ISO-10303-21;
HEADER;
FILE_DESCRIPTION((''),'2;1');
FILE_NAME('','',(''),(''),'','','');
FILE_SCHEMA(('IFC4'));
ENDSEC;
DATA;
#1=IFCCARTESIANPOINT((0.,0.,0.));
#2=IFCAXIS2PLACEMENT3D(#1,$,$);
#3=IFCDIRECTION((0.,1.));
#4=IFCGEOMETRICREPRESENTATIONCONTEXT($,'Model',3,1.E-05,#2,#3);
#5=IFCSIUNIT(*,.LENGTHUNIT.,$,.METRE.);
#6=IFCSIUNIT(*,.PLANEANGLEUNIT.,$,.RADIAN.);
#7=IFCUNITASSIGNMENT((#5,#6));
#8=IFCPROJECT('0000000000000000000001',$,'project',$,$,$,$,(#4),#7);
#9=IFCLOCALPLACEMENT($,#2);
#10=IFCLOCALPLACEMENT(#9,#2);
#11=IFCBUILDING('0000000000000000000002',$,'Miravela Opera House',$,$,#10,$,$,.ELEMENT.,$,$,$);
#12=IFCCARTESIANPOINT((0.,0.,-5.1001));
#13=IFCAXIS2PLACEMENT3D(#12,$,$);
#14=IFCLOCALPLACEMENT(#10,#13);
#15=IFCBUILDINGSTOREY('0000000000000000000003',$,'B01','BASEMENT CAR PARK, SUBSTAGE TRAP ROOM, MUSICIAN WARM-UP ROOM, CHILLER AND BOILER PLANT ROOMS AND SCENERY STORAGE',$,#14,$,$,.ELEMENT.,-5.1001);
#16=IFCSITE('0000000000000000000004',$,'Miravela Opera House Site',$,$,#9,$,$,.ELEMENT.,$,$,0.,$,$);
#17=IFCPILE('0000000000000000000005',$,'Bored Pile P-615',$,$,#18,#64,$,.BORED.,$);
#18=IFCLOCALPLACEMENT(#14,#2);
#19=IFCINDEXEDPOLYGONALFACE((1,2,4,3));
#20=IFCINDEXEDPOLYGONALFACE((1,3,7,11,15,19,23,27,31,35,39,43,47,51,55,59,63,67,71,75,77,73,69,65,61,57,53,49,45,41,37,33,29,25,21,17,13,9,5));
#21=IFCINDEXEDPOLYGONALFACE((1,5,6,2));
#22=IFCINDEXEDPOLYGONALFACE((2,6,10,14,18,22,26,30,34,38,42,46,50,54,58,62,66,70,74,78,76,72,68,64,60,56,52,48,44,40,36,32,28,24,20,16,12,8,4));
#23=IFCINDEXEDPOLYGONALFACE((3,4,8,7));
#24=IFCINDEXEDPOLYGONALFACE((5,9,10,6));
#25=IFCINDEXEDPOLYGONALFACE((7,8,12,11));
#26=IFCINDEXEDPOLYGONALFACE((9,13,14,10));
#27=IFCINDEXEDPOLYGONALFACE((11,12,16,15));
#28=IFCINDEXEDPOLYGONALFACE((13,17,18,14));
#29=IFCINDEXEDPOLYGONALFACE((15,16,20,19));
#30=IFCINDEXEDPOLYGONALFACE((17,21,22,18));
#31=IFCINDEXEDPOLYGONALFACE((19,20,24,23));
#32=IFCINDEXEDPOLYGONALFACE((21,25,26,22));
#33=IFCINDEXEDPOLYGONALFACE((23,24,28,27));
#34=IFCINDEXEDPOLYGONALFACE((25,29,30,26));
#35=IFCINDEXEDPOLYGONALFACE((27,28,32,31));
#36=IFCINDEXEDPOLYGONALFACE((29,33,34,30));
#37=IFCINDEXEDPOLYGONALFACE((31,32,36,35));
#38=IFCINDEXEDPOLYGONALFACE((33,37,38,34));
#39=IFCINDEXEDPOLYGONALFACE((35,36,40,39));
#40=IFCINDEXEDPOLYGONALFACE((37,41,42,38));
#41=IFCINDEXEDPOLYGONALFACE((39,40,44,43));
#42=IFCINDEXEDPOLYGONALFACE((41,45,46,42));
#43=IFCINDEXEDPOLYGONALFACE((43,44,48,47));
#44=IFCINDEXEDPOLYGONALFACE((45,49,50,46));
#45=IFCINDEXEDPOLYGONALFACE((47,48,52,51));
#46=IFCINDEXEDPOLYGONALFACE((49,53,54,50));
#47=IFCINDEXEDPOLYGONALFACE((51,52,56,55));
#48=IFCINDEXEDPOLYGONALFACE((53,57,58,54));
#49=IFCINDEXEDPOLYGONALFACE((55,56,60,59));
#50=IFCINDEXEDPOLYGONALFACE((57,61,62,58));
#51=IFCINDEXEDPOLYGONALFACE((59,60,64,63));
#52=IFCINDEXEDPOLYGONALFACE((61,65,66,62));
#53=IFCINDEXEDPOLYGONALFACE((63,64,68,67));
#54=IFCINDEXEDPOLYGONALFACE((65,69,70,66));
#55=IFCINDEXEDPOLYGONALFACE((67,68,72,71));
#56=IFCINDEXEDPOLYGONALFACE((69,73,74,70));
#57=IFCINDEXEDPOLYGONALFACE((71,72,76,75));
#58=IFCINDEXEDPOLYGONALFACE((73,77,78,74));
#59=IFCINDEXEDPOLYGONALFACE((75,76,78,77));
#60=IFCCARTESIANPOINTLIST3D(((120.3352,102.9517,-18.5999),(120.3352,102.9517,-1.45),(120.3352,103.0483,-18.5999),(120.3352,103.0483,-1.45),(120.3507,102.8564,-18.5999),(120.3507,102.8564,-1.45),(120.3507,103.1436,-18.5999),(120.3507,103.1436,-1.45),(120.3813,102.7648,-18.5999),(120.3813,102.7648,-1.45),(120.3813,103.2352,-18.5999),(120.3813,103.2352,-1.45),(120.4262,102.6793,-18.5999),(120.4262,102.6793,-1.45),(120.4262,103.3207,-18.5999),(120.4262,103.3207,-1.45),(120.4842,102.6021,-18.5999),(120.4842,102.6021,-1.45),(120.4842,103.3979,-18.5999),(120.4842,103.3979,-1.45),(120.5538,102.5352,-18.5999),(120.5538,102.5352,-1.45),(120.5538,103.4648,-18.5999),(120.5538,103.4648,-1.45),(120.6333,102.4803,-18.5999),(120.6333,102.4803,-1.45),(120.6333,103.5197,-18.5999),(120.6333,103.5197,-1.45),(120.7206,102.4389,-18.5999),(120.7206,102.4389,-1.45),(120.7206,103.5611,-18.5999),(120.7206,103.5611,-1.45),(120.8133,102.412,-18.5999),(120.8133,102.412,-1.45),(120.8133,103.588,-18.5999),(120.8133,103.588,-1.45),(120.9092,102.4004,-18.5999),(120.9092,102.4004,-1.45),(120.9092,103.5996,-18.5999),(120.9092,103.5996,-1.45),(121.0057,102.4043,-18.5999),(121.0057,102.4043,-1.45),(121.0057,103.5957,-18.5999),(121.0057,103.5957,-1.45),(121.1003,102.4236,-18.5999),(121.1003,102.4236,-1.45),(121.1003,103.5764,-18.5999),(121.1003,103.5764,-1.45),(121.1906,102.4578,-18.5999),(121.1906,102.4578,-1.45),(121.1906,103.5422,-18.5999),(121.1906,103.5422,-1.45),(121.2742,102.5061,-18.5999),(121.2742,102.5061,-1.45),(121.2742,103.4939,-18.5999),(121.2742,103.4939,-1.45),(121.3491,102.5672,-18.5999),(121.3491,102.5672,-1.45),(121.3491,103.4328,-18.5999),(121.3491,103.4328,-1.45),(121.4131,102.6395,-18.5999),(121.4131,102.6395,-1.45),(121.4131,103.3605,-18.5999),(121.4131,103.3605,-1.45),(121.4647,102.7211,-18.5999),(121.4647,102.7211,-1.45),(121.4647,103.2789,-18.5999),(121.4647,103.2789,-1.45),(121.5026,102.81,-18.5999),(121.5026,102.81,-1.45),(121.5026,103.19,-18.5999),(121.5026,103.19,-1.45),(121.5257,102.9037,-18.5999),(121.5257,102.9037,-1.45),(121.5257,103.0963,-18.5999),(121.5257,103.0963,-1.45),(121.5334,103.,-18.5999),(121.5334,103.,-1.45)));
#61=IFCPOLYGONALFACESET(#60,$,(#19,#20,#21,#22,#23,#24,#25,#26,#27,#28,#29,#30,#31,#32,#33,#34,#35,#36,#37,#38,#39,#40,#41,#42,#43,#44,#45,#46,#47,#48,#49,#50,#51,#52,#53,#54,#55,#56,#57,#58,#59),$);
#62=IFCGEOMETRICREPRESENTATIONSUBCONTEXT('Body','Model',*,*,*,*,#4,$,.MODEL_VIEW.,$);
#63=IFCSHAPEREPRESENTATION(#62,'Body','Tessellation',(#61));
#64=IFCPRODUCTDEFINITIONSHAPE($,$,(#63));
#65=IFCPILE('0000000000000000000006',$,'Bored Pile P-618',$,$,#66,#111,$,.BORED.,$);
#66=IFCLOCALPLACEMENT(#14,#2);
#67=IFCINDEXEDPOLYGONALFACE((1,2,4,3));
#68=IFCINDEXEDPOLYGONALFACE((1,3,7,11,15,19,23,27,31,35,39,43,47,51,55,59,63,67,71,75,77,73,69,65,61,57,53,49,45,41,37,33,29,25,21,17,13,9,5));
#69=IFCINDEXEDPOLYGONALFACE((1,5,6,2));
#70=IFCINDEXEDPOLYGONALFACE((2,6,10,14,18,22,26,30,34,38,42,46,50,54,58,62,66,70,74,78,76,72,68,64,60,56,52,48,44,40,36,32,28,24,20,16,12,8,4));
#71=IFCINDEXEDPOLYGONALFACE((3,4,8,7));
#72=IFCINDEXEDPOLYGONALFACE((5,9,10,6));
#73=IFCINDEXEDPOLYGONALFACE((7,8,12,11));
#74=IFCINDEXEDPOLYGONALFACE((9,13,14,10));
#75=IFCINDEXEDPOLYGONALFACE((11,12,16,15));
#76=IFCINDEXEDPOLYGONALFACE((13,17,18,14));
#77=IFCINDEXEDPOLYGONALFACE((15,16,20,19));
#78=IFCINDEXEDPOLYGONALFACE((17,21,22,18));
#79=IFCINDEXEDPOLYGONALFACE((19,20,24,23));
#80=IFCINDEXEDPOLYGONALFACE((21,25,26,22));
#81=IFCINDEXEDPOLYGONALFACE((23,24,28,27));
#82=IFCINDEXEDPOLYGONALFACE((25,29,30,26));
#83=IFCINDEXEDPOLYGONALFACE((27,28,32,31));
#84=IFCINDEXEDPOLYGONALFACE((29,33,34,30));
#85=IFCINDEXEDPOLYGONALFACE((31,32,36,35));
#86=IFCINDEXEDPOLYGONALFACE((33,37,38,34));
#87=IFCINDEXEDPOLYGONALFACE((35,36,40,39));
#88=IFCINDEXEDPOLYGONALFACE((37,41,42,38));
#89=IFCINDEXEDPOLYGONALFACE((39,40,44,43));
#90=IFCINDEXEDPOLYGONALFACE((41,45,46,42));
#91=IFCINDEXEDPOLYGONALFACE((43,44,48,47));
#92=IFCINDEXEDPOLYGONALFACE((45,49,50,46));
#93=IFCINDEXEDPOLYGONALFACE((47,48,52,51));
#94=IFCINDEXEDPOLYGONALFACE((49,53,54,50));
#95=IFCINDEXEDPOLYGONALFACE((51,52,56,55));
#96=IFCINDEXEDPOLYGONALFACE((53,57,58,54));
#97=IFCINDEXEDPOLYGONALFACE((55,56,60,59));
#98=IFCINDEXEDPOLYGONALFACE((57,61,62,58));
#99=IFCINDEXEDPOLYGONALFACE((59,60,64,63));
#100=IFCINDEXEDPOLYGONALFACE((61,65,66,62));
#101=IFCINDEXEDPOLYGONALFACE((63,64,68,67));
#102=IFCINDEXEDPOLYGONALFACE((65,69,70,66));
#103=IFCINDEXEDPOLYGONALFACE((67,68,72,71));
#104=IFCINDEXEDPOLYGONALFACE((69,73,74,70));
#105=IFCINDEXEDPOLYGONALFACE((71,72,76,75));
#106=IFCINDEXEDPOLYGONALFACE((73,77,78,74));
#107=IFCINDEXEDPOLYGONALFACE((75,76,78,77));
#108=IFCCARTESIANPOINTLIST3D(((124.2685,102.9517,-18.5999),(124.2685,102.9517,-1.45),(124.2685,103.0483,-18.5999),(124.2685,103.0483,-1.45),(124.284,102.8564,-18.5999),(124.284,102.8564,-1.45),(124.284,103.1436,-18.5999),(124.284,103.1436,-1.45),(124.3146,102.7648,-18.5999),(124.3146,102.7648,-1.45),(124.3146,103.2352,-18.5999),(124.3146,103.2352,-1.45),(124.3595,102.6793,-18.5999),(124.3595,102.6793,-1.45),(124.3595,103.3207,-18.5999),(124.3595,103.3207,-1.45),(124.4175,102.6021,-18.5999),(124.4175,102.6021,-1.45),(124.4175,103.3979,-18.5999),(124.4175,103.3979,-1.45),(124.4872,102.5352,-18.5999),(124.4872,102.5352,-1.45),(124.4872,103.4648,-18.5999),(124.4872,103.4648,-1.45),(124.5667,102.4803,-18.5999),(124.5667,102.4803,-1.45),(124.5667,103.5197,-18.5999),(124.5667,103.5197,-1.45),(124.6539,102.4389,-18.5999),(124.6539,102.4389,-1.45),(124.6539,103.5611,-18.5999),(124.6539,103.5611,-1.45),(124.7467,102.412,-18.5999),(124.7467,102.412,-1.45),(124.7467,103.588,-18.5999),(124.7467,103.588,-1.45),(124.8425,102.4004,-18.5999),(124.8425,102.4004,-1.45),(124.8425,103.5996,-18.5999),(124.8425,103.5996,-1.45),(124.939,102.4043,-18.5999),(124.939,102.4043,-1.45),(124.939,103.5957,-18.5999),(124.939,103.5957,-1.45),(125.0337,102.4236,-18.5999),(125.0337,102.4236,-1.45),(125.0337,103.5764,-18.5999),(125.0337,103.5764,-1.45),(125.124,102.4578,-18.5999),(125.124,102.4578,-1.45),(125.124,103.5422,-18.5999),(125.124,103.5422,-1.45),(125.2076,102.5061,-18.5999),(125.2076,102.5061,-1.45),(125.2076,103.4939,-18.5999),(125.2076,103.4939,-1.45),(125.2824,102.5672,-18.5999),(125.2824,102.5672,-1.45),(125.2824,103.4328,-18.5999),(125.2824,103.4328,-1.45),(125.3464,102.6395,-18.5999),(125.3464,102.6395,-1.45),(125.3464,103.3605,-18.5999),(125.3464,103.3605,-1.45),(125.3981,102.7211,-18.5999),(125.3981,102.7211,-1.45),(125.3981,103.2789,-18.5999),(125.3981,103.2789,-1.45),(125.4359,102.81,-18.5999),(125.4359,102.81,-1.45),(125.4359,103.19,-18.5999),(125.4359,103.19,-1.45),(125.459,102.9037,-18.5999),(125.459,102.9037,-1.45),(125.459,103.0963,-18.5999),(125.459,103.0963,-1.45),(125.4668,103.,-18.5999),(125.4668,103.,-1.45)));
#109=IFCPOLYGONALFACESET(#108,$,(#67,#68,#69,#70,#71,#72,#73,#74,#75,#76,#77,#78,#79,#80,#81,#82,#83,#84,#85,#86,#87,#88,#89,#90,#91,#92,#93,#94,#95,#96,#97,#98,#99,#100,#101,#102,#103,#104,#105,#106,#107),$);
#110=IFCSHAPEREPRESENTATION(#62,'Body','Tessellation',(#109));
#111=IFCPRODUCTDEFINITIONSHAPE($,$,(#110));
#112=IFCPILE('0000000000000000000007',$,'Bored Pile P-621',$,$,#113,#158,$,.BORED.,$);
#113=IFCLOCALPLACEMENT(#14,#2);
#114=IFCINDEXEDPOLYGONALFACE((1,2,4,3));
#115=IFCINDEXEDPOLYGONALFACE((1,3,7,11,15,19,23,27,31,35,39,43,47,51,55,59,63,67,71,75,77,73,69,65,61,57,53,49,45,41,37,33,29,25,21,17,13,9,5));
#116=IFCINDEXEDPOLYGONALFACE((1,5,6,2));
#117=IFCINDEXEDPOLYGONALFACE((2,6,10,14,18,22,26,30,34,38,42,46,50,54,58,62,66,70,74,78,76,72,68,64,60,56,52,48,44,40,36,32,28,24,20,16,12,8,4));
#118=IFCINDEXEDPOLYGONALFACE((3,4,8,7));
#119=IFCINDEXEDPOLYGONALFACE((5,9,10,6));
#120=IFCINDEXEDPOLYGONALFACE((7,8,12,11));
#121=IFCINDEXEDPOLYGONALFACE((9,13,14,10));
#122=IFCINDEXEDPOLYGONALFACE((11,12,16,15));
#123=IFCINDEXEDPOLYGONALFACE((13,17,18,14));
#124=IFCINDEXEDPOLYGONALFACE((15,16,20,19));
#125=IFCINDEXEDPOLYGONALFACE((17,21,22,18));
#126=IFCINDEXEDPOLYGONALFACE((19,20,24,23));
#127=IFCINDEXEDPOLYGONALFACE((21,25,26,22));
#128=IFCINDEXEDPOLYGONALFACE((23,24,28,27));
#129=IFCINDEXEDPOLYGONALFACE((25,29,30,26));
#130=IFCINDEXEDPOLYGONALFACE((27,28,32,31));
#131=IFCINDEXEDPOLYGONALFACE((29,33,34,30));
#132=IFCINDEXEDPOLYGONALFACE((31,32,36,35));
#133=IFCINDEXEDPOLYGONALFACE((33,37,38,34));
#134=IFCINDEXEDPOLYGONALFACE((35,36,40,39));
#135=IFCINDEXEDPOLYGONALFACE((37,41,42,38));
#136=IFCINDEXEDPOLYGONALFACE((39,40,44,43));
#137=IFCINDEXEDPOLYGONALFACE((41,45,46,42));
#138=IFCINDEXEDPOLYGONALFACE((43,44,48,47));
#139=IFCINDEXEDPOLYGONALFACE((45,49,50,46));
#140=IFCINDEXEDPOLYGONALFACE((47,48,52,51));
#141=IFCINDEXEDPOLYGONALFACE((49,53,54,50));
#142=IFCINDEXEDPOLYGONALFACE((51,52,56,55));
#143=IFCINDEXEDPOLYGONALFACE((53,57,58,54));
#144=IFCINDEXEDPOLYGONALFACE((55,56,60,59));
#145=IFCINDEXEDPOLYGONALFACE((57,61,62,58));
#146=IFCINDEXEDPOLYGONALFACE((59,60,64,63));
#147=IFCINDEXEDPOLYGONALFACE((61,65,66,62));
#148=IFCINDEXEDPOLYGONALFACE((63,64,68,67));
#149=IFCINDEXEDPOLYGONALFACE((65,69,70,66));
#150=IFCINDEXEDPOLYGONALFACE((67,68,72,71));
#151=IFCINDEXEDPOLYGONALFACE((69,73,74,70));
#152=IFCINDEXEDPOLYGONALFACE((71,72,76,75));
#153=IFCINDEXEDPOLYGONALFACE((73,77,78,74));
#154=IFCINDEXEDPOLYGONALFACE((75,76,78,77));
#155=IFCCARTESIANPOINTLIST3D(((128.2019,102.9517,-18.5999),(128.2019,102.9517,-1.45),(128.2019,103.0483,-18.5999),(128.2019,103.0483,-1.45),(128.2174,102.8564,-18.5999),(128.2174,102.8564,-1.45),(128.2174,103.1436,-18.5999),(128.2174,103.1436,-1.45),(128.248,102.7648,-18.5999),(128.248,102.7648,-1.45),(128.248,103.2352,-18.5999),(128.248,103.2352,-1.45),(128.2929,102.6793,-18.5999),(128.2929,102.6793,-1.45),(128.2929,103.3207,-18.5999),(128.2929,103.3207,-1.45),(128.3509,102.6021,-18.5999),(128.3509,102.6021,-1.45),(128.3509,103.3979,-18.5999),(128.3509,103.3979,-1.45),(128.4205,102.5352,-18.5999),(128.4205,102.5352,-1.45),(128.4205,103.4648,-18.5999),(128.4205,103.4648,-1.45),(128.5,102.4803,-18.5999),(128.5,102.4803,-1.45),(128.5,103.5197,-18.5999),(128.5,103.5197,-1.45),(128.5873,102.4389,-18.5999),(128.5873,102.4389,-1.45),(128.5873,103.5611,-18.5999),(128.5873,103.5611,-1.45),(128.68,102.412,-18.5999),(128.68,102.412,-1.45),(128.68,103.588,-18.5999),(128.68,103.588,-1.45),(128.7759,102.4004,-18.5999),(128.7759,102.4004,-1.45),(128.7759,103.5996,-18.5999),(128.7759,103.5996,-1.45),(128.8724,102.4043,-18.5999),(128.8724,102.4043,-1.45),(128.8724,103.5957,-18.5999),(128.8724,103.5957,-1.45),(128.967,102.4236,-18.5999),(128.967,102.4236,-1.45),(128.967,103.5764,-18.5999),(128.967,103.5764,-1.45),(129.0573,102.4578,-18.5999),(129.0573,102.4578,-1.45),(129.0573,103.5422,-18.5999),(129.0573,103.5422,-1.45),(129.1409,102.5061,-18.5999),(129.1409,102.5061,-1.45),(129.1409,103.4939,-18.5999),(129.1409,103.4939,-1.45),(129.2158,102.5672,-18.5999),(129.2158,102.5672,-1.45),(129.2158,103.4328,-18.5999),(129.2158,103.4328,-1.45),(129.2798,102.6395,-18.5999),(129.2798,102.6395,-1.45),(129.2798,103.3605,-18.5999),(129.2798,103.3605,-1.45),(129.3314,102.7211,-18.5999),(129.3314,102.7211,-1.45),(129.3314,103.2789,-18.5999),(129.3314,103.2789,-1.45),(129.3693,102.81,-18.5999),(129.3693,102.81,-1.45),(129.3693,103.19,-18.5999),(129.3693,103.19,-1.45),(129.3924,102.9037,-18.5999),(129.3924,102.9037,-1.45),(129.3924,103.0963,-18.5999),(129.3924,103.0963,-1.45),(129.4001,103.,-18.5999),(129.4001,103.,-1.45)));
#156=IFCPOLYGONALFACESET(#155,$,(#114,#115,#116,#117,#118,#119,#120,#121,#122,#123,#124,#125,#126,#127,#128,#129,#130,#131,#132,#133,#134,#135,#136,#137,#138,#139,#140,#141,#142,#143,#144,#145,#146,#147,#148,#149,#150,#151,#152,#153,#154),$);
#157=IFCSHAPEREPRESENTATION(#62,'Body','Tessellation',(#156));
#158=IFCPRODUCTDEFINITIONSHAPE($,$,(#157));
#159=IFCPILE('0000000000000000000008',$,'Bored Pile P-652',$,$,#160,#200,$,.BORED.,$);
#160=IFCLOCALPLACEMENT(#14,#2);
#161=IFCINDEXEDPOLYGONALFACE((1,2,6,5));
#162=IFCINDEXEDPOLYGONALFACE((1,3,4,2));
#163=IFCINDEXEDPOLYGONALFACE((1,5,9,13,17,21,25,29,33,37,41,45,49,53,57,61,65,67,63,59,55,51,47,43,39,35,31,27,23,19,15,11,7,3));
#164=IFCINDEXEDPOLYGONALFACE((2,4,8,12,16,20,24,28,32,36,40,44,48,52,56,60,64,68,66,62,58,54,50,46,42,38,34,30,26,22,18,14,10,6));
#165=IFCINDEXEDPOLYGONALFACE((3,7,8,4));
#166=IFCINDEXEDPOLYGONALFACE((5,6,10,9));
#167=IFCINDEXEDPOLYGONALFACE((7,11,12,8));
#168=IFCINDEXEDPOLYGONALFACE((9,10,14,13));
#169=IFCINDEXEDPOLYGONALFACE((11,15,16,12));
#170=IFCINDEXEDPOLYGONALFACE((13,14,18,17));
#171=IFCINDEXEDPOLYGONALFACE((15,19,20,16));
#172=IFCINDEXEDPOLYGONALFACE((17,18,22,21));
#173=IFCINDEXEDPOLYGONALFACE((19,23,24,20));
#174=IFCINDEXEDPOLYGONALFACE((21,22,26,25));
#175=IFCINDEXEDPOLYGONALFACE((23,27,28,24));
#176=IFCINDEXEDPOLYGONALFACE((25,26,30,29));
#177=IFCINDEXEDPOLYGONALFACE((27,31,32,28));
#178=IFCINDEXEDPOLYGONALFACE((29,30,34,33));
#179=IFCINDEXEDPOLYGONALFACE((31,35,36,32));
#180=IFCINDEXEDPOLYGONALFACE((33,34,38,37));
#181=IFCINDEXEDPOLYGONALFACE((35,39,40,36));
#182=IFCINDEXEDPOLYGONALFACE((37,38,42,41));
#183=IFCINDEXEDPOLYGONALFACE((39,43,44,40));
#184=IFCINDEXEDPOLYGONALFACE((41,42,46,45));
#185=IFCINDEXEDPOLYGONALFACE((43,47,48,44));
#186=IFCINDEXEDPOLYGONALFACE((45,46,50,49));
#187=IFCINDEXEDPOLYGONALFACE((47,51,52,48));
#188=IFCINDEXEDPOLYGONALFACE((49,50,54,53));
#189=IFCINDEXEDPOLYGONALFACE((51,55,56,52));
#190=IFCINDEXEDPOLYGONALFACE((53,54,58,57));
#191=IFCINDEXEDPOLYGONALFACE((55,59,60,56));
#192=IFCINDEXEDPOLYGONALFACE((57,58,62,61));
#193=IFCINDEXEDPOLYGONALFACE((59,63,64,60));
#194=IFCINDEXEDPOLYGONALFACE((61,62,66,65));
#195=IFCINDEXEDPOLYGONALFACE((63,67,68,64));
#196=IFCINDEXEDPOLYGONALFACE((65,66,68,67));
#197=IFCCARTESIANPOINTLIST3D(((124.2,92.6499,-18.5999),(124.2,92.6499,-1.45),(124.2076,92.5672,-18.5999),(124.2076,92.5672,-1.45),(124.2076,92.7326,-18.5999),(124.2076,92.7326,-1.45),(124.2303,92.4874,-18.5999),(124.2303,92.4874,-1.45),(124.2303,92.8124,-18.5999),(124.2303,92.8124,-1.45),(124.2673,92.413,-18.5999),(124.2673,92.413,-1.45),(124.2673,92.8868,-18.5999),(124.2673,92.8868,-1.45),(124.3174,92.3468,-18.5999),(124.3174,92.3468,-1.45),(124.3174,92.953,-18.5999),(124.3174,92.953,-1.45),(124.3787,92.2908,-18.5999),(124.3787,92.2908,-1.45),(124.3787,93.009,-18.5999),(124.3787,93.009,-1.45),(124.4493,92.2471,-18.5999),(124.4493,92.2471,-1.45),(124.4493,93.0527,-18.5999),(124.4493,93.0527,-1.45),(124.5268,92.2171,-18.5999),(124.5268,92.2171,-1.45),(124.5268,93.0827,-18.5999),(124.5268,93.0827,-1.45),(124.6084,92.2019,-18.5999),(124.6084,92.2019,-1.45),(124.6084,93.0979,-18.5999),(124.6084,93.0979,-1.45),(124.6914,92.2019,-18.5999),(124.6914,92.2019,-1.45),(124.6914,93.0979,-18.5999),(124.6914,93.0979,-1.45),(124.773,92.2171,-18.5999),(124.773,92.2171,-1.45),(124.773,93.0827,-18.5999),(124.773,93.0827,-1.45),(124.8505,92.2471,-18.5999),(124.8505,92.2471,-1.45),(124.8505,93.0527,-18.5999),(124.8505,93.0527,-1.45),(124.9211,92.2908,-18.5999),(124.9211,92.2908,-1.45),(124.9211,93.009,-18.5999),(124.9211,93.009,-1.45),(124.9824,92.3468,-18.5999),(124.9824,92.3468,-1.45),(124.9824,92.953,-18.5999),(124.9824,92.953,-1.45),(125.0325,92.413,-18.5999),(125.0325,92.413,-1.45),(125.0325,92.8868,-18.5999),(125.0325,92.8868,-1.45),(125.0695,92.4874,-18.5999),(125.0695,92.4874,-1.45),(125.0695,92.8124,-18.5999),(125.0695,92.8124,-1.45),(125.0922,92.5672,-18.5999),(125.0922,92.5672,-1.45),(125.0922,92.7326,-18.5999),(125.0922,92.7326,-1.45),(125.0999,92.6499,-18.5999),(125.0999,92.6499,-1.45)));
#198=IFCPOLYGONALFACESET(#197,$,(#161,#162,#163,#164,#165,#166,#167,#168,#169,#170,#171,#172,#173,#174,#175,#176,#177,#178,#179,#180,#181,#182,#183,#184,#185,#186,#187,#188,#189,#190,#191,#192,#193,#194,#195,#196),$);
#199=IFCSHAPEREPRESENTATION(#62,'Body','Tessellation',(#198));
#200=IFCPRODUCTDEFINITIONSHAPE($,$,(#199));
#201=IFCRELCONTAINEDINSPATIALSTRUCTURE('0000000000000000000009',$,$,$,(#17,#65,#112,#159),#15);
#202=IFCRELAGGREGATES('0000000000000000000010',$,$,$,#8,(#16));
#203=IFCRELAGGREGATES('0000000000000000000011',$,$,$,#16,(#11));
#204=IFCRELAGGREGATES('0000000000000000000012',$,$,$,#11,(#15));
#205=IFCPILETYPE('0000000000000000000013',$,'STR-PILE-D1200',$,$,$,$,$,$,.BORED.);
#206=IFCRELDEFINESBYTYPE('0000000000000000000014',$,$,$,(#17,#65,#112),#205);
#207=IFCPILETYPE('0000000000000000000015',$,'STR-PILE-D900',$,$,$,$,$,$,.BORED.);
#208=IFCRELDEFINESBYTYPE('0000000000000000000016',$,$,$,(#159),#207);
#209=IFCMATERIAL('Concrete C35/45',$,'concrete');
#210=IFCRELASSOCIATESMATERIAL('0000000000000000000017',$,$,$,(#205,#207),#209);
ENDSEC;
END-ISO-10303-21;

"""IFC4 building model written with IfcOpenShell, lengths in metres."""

from ifc_helpers import new_model, si_unit, direction, frame, origin, origin_2d, place, context, subcontext, project, spatial, circle, extrude, material, material_profile, profile_set, type_object, element, save


model = new_model("IFC4")

# Units and contexts
model_context = context("Model", 3, precision=1e-05, world=origin(), true_north=direction((0.0, 1.0)))
body_context = subcontext(model_context, "Body", "Model", "MODEL_VIEW")
ifc_project = project(units=[si_unit("LENGTHUNIT", "METRE"), si_unit("PLANEANGLEUNIT", "RADIAN")], contexts=[model_context])

# Site, building, storey
site_placement = place(None, origin())
site = spatial("IfcSite", under=ifc_project, at=site_placement, Name="Miravela Opera House Site", CompositionType="ELEMENT", RefElevation=0.0)
building_placement = place(site_placement, origin())
building = spatial("IfcBuilding", under=site, at=building_placement, Name="Miravela Opera House", CompositionType="ELEMENT")
storey_placement = place(building_placement, frame((0.0, 0.0, -5.1001)))
storey = spatial("IfcBuildingStorey", under=building, at=storey_placement, Name="B01", Description="BASEMENT CAR PARK, SUBSTAGE TRAP ROOM, MUSICIAN WARM-UP ROOM, CHILLER AND BOILER PLANT ROOMS AND SCENERY STORAGE", CompositionType="ELEMENT", Elevation=-5.1001)

# Shared definitions
ifc_material_1 = material(Name="Concrete C35/45", Category="concrete")

# Piles
ifc_material_profile_1 = material_profile(ifc_material_1, circle(Radius=0.6001, at=origin_2d()), Name="PILE-D1200")
ifc_profile_set_1 = profile_set([ifc_material_profile_1])
pile_type_1 = type_object("IfcPileType", Name="STR-PILE-D1200", PredefinedType="BORED", material=ifc_profile_set_1)
for number, where, z_axis, x_axis, name in (
    (1, (120.9333, 103.0, -1.45), (0.0, 0.0, -1.0), (1.0, 0.0, 0.0), "Bored Pile P-615"),
    (2, (124.8667, 103.0, -1.45), (0.0, 0.0, -1.0), (1.0, 0.0, 0.0), "Bored Pile P-618"),
    (3, (128.8, 103.0, -1.45), (0.0, 0.0, -1.0), (1.0, 0.0, 0.0), "Bored Pile P-621"),
):
    element("IfcPile", number, at=place(storey_placement, frame(where, z_axis=z_axis, x_axis=x_axis)), inside=storey, type_object=pile_type_1, Name=name, PredefinedType="BORED", context=body_context, shape_type="SweptSolid", body=[
        extrude(circle(Radius=0.6001, at=origin_2d()), origin(), (0.0, 0.0, 1.0), 17.1499),
    ])
ifc_material_profile_2 = material_profile(ifc_material_1, circle(Radius=0.45, at=origin_2d()), Name="PILE-D900")
ifc_profile_set_2 = profile_set([ifc_material_profile_2])
pile_type_2 = type_object("IfcPileType", Name="STR-PILE-D900", PredefinedType="BORED", material=ifc_profile_set_2)
for number, where, z_axis, x_axis, name in (
    (4, (124.6499, 92.6499, -1.45), (0.0, 0.0, -1.0), (1.0, 0.0, 0.0), "Bored Pile P-652"),
):
    element("IfcPile", number, at=place(storey_placement, frame(where, z_axis=z_axis, x_axis=x_axis)), inside=storey, type_object=pile_type_2, Name=name, PredefinedType="BORED", context=body_context, shape_type="SweptSolid", body=[
        extrude(circle(Radius=0.45, at=origin_2d()), origin(), (0.0, 0.0, 1.0), 17.1499),
    ])

save(model, "model.ifc")
